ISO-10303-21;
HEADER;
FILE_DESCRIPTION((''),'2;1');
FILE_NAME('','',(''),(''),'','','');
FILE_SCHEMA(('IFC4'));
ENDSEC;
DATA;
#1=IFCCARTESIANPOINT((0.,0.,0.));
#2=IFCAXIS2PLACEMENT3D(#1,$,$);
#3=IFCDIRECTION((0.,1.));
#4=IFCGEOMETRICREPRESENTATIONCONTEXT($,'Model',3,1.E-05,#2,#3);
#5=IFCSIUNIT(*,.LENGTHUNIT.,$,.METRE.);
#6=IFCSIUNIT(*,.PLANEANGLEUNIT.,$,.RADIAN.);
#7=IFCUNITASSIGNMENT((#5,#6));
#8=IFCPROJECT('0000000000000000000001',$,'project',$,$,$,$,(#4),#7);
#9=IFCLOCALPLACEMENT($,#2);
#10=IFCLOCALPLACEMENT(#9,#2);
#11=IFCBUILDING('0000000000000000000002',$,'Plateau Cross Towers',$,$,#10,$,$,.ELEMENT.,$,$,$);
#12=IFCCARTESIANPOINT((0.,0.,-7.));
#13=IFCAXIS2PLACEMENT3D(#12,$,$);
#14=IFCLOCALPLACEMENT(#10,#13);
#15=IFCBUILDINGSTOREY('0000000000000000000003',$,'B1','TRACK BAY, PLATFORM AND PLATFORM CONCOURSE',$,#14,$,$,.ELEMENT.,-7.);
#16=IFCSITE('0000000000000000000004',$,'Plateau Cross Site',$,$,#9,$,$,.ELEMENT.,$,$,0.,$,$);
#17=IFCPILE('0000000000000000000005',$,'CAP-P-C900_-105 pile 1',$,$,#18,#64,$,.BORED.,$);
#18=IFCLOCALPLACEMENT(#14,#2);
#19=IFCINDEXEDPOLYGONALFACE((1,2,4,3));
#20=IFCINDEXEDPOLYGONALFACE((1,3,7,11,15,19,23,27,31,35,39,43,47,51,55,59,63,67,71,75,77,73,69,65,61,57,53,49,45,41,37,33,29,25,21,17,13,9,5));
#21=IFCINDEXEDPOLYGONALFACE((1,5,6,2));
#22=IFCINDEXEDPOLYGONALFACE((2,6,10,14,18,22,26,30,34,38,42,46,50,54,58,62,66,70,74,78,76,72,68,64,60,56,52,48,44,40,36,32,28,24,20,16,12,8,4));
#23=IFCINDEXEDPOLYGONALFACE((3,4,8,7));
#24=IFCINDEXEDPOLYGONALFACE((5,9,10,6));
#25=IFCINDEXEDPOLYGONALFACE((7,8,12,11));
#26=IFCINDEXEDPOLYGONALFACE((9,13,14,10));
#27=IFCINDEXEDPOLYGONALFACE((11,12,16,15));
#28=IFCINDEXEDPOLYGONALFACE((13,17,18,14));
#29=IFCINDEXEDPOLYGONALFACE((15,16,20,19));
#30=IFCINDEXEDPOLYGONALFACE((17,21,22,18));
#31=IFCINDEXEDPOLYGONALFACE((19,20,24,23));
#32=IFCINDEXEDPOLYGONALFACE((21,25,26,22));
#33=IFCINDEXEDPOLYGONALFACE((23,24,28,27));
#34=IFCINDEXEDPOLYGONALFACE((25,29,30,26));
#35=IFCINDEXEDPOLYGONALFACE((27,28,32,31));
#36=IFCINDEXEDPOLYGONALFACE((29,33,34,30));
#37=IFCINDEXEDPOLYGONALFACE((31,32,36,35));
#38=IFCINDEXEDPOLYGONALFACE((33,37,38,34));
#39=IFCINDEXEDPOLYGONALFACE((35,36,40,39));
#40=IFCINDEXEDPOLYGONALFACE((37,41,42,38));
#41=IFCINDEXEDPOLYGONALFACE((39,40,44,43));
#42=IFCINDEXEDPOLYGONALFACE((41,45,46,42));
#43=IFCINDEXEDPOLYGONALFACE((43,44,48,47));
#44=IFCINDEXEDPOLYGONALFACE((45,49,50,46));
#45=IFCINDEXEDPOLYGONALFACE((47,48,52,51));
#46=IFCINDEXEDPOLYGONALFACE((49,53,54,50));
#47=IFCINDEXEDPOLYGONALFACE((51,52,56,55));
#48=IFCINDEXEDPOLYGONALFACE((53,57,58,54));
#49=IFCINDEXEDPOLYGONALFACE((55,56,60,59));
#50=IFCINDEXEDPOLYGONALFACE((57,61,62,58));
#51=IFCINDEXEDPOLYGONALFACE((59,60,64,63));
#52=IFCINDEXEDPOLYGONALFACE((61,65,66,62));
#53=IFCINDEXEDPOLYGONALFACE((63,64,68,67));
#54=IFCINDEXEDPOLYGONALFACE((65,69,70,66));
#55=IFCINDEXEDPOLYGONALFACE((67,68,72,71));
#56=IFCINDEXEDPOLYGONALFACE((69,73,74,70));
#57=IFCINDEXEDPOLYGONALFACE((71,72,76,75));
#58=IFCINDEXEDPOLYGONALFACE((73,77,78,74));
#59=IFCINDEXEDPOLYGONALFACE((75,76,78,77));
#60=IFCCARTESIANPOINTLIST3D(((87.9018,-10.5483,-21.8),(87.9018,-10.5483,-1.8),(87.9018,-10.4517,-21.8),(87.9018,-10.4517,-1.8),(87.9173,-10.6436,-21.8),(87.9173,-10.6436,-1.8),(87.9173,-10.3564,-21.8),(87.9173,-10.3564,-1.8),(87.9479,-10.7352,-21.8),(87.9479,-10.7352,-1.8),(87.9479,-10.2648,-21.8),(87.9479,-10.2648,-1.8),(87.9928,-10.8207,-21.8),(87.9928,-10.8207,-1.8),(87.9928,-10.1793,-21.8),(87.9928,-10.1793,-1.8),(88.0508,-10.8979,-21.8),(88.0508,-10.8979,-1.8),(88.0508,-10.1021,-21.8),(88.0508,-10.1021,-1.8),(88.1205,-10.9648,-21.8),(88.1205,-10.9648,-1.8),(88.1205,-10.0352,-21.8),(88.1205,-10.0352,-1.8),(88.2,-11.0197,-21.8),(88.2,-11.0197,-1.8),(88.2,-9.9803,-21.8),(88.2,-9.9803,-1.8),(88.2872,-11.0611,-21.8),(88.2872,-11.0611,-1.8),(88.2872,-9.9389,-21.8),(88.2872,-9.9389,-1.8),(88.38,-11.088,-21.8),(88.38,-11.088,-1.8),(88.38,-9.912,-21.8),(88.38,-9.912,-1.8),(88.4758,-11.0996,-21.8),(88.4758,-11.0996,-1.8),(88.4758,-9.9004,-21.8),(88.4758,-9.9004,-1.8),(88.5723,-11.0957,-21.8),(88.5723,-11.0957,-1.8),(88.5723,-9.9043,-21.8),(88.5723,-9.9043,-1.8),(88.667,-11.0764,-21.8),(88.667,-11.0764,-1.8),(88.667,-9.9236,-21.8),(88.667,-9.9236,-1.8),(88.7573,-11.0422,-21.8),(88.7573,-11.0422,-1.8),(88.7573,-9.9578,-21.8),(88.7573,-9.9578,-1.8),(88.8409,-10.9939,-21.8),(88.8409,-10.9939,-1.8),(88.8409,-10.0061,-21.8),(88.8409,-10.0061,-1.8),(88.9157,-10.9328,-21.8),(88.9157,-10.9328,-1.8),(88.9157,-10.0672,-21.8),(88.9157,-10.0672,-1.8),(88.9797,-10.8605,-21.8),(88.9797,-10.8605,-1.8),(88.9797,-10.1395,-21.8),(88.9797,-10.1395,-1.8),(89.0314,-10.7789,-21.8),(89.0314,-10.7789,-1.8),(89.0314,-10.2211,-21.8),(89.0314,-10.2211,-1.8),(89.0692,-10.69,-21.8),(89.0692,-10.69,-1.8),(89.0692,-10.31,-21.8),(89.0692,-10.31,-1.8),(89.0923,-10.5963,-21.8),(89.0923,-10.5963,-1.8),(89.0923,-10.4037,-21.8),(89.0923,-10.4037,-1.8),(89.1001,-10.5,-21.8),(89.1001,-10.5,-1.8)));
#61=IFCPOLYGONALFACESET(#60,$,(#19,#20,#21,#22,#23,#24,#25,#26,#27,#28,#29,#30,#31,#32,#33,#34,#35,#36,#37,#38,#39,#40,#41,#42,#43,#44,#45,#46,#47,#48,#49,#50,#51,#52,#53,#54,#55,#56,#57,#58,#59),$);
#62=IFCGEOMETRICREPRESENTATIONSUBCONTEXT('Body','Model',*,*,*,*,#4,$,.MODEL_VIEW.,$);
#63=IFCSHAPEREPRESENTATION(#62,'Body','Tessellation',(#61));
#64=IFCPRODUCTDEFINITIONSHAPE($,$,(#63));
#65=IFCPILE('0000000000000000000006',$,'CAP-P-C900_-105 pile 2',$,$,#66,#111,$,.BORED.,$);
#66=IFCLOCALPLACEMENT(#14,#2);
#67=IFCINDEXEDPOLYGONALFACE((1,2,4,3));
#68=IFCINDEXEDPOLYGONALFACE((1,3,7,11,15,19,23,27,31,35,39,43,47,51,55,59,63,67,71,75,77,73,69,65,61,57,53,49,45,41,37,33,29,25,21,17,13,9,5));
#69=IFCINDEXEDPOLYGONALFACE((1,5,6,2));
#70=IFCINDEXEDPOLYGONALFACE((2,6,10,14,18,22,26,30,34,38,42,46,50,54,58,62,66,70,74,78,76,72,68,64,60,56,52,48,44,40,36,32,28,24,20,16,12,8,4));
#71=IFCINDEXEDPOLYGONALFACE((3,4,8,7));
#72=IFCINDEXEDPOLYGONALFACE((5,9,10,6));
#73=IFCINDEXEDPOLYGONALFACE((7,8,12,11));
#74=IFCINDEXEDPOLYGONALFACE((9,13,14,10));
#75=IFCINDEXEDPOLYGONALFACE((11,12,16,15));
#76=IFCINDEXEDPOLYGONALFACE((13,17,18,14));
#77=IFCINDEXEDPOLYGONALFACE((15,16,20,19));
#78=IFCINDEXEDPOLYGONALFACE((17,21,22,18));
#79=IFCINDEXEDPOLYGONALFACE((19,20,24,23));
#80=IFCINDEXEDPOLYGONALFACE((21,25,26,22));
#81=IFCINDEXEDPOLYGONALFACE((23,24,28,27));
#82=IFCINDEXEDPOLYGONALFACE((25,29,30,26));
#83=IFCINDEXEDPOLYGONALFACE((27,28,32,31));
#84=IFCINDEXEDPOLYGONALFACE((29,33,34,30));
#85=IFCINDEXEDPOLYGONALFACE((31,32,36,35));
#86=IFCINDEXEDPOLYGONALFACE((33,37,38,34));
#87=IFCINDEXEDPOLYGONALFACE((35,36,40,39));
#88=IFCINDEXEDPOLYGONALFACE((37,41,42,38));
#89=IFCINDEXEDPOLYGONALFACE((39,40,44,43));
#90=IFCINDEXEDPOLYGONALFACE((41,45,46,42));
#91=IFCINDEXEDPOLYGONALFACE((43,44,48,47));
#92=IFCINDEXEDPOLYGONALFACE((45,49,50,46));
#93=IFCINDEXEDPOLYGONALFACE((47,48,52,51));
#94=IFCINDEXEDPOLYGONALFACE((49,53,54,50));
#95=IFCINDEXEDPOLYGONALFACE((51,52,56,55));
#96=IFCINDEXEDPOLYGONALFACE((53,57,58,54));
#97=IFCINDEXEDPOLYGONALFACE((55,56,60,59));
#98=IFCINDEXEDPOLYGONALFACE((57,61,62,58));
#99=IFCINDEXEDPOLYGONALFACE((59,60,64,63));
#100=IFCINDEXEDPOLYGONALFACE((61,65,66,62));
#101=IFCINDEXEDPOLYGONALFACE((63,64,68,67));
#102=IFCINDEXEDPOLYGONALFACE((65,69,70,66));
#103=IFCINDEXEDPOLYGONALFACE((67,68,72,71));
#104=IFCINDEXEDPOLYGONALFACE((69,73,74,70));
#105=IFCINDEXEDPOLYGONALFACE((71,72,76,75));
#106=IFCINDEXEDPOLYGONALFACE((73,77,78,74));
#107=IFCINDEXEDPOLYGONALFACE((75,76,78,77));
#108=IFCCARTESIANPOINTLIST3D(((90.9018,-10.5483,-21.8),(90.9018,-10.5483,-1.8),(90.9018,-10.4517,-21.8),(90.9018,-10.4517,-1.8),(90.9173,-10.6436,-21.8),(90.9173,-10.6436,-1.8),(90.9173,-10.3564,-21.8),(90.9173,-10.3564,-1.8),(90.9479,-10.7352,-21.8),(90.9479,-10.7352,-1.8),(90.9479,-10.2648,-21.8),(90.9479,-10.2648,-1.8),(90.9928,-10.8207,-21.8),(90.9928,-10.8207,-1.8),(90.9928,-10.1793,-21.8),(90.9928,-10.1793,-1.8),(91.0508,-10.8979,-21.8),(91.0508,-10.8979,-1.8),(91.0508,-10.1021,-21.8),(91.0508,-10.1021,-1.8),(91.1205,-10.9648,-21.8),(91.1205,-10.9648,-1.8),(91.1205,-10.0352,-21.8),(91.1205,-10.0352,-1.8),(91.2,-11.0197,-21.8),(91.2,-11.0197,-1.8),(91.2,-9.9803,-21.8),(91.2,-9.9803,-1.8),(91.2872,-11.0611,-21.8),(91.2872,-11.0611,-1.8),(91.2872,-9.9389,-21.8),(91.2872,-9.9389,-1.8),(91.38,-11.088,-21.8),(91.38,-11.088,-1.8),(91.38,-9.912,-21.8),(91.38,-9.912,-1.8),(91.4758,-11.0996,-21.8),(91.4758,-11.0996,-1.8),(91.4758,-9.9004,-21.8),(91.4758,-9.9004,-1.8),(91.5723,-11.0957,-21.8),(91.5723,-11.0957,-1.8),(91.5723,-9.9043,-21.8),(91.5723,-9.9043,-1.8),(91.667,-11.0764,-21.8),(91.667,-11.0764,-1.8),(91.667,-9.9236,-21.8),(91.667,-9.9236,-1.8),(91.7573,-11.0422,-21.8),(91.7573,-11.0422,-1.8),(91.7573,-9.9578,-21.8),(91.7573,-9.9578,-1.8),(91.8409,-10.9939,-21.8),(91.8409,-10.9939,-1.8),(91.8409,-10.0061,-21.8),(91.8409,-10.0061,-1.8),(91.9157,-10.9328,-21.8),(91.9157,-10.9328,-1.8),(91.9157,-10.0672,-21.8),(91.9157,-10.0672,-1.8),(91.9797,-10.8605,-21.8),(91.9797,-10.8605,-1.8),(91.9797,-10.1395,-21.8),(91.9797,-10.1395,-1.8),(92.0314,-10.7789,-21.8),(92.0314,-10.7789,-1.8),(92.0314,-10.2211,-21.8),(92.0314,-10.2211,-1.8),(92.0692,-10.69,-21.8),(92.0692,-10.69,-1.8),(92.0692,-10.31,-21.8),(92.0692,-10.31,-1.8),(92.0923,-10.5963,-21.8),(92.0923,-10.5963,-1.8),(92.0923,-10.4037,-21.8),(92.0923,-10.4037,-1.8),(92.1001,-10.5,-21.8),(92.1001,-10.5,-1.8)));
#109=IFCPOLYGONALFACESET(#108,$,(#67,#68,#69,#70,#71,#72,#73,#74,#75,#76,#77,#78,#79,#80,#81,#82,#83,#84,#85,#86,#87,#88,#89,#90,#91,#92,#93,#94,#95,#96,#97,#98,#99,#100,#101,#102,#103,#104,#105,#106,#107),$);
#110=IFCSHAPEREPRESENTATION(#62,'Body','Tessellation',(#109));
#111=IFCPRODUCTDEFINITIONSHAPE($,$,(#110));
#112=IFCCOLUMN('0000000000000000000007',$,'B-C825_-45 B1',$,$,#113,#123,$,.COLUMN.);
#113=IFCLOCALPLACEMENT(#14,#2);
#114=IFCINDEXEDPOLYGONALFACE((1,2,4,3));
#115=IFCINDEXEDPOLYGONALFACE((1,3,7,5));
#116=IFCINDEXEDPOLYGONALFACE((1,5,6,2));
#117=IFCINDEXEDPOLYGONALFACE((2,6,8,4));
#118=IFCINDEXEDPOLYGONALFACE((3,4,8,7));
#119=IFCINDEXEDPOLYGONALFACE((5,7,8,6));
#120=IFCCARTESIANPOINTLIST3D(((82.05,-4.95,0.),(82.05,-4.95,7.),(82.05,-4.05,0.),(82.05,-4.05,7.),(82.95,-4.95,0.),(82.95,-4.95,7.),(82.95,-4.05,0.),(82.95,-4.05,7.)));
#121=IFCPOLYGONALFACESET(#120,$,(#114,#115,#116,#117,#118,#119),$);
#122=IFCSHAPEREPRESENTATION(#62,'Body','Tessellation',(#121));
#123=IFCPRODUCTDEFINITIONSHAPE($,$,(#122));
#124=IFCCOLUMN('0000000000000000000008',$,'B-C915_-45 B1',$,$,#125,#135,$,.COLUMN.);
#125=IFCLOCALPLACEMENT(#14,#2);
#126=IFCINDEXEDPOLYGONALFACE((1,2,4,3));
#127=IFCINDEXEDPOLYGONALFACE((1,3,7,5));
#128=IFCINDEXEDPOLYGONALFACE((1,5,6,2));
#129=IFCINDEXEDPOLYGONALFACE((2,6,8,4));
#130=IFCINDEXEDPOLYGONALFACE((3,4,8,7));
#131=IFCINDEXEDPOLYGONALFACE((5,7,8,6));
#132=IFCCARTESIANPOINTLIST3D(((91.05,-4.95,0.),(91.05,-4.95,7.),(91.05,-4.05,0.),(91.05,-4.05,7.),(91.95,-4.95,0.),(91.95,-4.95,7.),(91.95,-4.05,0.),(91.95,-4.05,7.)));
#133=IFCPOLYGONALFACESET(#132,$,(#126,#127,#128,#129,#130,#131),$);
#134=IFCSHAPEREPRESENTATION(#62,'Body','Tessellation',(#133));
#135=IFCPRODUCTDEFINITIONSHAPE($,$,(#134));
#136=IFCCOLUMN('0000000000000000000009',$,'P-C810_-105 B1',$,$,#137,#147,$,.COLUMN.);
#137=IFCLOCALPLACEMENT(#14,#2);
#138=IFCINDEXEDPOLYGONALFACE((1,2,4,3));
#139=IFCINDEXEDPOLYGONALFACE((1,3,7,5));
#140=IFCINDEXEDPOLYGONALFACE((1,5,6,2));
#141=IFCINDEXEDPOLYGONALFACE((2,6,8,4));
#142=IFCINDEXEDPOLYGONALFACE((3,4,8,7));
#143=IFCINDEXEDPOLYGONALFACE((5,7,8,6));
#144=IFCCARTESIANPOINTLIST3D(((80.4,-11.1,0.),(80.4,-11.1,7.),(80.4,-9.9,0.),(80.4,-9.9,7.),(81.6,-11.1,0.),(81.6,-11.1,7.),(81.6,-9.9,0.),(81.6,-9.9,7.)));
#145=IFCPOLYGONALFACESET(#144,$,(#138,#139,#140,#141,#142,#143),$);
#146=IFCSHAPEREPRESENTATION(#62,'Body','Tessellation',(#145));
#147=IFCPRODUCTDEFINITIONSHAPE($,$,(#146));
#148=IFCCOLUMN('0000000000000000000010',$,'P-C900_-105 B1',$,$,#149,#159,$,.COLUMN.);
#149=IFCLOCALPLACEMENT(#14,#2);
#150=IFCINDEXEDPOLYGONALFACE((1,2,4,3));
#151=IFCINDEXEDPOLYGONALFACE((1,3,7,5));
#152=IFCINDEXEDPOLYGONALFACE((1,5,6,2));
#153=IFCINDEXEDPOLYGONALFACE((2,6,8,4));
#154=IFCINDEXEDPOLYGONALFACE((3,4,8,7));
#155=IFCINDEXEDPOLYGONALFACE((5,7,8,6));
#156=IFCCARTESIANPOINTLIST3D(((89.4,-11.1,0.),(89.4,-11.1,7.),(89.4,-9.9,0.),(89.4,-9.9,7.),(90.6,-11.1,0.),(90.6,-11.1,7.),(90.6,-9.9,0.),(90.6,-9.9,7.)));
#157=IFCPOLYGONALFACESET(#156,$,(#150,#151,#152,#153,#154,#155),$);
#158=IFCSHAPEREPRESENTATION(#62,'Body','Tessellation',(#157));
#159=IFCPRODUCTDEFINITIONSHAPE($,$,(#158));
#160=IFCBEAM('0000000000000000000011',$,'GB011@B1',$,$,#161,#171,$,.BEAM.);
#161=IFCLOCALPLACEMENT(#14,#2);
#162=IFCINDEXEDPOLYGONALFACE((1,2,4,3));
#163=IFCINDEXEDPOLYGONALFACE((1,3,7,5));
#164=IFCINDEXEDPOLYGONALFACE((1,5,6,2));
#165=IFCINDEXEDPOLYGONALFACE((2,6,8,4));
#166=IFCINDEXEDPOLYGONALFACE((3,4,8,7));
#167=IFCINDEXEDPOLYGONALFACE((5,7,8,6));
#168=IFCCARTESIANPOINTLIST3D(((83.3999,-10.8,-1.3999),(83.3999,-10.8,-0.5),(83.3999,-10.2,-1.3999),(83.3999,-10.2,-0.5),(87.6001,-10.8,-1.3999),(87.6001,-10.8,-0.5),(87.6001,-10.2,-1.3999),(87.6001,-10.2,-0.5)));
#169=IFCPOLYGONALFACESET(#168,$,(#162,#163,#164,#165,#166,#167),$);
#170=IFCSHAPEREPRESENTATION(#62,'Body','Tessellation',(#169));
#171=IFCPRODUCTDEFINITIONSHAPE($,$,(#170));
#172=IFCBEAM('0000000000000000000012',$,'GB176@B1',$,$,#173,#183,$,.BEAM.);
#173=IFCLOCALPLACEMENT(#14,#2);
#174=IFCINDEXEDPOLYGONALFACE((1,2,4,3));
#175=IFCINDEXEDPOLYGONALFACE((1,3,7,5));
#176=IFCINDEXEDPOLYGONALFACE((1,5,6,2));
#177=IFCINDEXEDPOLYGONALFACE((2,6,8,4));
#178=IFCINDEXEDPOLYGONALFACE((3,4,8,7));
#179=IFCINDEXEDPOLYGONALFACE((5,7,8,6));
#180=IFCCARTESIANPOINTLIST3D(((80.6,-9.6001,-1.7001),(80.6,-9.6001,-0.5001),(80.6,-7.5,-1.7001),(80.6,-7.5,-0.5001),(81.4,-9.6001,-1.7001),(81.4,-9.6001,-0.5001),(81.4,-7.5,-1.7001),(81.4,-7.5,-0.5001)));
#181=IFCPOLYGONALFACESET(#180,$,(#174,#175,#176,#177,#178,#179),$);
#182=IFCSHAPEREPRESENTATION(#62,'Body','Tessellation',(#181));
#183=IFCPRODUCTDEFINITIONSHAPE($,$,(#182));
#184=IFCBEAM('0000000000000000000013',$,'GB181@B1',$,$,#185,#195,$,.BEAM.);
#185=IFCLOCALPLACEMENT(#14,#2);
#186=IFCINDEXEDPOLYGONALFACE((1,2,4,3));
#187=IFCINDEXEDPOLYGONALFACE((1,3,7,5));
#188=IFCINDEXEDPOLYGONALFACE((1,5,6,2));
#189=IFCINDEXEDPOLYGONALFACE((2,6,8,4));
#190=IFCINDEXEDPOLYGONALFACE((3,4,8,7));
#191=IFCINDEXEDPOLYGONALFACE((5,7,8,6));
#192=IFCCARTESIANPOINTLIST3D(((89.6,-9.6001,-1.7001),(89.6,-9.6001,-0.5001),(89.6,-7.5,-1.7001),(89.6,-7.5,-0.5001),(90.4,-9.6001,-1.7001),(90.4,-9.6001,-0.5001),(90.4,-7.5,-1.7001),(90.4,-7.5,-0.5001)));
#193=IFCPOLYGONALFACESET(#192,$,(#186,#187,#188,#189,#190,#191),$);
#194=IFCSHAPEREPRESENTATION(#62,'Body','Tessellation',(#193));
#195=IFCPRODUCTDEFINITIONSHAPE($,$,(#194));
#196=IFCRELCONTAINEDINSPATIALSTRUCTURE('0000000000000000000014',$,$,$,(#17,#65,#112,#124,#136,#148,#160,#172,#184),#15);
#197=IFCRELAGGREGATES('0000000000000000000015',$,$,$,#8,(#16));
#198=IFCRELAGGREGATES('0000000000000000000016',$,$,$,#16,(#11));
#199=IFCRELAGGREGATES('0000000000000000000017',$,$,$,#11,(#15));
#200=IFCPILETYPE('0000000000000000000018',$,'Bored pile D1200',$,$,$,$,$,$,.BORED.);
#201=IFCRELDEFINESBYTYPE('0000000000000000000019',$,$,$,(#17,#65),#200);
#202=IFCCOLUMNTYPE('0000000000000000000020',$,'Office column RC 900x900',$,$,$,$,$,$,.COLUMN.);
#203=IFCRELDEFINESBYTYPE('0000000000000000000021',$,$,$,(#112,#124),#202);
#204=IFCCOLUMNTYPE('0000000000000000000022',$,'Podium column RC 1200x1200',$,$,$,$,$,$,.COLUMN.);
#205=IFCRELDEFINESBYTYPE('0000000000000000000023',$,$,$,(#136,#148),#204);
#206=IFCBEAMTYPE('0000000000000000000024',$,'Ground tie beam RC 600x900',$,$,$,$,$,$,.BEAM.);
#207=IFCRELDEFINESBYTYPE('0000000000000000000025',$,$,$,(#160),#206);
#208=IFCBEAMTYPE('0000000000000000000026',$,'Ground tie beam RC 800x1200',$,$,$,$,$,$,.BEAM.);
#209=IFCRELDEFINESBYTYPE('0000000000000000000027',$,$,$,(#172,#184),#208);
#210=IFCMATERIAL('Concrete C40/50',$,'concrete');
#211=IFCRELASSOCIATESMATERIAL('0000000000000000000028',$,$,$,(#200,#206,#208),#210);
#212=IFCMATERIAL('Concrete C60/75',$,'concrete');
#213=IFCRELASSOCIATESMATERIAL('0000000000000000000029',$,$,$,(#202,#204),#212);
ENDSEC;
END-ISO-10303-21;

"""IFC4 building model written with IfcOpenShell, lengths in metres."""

from ifc_helpers import new_model, si_unit, direction, frame, origin, origin_2d, place, context, subcontext, project, spatial, rectangle, circle, extrude, material, material_profile, profile_set, type_object, element, save


model = new_model("IFC4")

# Units and contexts
model_context = context("Model", 3, precision=1e-05, world=origin(), true_north=direction((0.0, 1.0)))
body_context = subcontext(model_context, "Body", "Model", "MODEL_VIEW")
ifc_project = project(units=[si_unit("LENGTHUNIT", "METRE"), si_unit("PLANEANGLEUNIT", "RADIAN")], contexts=[model_context])

# Site, building, storey
site_placement = place(None, origin())
site = spatial("IfcSite", under=ifc_project, at=site_placement, Name="Plateau Cross Site", CompositionType="ELEMENT", RefElevation=0.0)
building_placement = place(site_placement, origin())
building = spatial("IfcBuilding", under=site, at=building_placement, Name="Plateau Cross Towers", CompositionType="ELEMENT")
storey_placement = place(building_placement, frame((0.0, 0.0, -7.0)))
storey = spatial("IfcBuildingStorey", under=building, at=storey_placement, Name="B1", Description="TRACK BAY, PLATFORM AND PLATFORM CONCOURSE", CompositionType="ELEMENT", Elevation=-7.0)

# Piles
ifc_material_1 = material(Name="Concrete C40/50", Category="concrete")
ifc_material_profile_1 = material_profile(ifc_material_1, circle(Radius=0.6001, at=origin_2d()), Name="Bored pile D1200")
ifc_profile_set_1 = profile_set([ifc_material_profile_1], Name="Concrete C40/50")
pile_type = type_object("IfcPileType", Name="Bored pile D1200", PredefinedType="BORED", material=ifc_profile_set_1)
for number, where, z_axis, x_axis, name in (
    (1, (88.5, -10.5, -1.8), (0.0, 0.0, -1.0), (1.0, 0.0, 0.0), "CAP-P-C900_-105 pile 1"),
    (2, (91.5, -10.5, -1.8), (0.0, 0.0, -1.0), (1.0, 0.0, 0.0), "CAP-P-C900_-105 pile 2"),
):
    element("IfcPile", number, at=place(storey_placement, frame(where, z_axis=z_axis, x_axis=x_axis)), inside=storey, type_object=pile_type, Name=name, PredefinedType="BORED", context=body_context, shape_type="SweptSolid", body=[
        extrude(circle(Radius=0.6001, at=origin_2d()), origin(), (0.0, 0.0, 1.0), 20.0),
    ])

# Columns
ifc_material_2 = material(Name="Concrete C60/75", Category="concrete")
ifc_material_profile_2 = material_profile(ifc_material_2, rectangle(XDim=0.8999, YDim=0.8999, at=origin_2d()), Name="RC 900x900")
ifc_profile_set_2 = profile_set([ifc_material_profile_2], Name="Concrete C60/75")
column_type_1 = type_object("IfcColumnType", Name="Office column RC 900x900", PredefinedType="COLUMN", material=ifc_profile_set_2)
for number, where, z_axis, x_axis, name in (
    (3, (82.5, -4.5, 0.0), (0.0, 0.0, 1.0), (1.0, 0.0, 0.0), "B-C825_-45 B1"),
    (4, (91.5, -4.5, 0.0), (0.0, 0.0, 1.0), (1.0, 0.0, 0.0), "B-C915_-45 B1"),
):
    element("IfcColumn", number, at=place(storey_placement, frame(where, z_axis=z_axis, x_axis=x_axis)), inside=storey, type_object=column_type_1, Name=name, PredefinedType="COLUMN", context=body_context, shape_type="SweptSolid", body=[
        extrude(rectangle(XDim=0.8999, YDim=0.8999, at=origin_2d()), origin(), (0.0, 0.0, 1.0), 7.0),
    ])
ifc_material_profile_3 = material_profile(ifc_material_2, rectangle(XDim=1.2, YDim=1.2, at=origin_2d()), Name="RC 1200x1200")
ifc_profile_set_3 = profile_set([ifc_material_profile_3], Name="Concrete C60/75")
column_type_2 = type_object("IfcColumnType", Name="Podium column RC 1200x1200", PredefinedType="COLUMN", material=ifc_profile_set_3)
for number, where, z_axis, x_axis, name in (
    (5, (81.0, -10.5, 0.0), (0.0, 0.0, 1.0), (1.0, 0.0, 0.0), "P-C810_-105 B1"),
    (6, (90.0, -10.5, 0.0), (0.0, 0.0, 1.0), (1.0, 0.0, 0.0), "P-C900_-105 B1"),
):
    element("IfcColumn", number, at=place(storey_placement, frame(where, z_axis=z_axis, x_axis=x_axis)), inside=storey, type_object=column_type_2, Name=name, PredefinedType="COLUMN", context=body_context, shape_type="SweptSolid", body=[
        extrude(rectangle(XDim=1.2, YDim=1.2, at=origin_2d()), origin(), (0.0, 0.0, 1.0), 7.0),
    ])

# Beams
ifc_material_profile_4 = material_profile(ifc_material_1, rectangle(XDim=0.6001, YDim=0.8999, at=origin_2d()), Name="RC 600x900")
ifc_profile_set_4 = profile_set([ifc_material_profile_4], Name="Concrete C40/50")
beam_type_1 = type_object("IfcBeamType", Name="Ground tie beam RC 600x900", PredefinedType="BEAM", material=ifc_profile_set_4)
beam_placement = place(storey_placement, frame((83.3999, -10.5, -0.95), z_axis=(1.0, 0.0, 0.0), x_axis=(0.0, 1.0, 0.0)))
element("IfcBeam", 7, at=beam_placement, inside=storey, type_object=beam_type_1, Name="GB011@B1", PredefinedType="BEAM", context=body_context, shape_type="SweptSolid", body=[
    extrude(rectangle(XDim=0.6001, YDim=0.8999, at=origin_2d()), origin(), (0.0, 0.0, 1.0), 4.2002),
])
ifc_material_profile_5 = material_profile(ifc_material_1, rectangle(XDim=0.8, YDim=1.2, at=origin_2d()), Name="RC 800x1200")
ifc_profile_set_5 = profile_set([ifc_material_profile_5], Name="Concrete C40/50")
beam_type_2 = type_object("IfcBeamType", Name="Ground tie beam RC 800x1200", PredefinedType="BEAM", material=ifc_profile_set_5)
for number, where, z_axis, x_axis, name in (
    (8, (81.0, -9.6001, -1.1001), (0.0, 1.0, 0.0), (-1.0, 0.0, 0.0), "GB176@B1"),
    (9, (90.0, -9.6001, -1.1001), (0.0, 1.0, 0.0), (-1.0, 0.0, 0.0), "GB181@B1"),
):
    element("IfcBeam", number, at=place(storey_placement, frame(where, z_axis=z_axis, x_axis=x_axis)), inside=storey, type_object=beam_type_2, Name=name, PredefinedType="BEAM", context=body_context, shape_type="SweptSolid", body=[
        extrude(rectangle(XDim=0.8, YDim=1.2, at=origin_2d()), origin(), (0.0, 0.0, 1.0), 2.1001),
    ])

save(model, "model.ifc")
